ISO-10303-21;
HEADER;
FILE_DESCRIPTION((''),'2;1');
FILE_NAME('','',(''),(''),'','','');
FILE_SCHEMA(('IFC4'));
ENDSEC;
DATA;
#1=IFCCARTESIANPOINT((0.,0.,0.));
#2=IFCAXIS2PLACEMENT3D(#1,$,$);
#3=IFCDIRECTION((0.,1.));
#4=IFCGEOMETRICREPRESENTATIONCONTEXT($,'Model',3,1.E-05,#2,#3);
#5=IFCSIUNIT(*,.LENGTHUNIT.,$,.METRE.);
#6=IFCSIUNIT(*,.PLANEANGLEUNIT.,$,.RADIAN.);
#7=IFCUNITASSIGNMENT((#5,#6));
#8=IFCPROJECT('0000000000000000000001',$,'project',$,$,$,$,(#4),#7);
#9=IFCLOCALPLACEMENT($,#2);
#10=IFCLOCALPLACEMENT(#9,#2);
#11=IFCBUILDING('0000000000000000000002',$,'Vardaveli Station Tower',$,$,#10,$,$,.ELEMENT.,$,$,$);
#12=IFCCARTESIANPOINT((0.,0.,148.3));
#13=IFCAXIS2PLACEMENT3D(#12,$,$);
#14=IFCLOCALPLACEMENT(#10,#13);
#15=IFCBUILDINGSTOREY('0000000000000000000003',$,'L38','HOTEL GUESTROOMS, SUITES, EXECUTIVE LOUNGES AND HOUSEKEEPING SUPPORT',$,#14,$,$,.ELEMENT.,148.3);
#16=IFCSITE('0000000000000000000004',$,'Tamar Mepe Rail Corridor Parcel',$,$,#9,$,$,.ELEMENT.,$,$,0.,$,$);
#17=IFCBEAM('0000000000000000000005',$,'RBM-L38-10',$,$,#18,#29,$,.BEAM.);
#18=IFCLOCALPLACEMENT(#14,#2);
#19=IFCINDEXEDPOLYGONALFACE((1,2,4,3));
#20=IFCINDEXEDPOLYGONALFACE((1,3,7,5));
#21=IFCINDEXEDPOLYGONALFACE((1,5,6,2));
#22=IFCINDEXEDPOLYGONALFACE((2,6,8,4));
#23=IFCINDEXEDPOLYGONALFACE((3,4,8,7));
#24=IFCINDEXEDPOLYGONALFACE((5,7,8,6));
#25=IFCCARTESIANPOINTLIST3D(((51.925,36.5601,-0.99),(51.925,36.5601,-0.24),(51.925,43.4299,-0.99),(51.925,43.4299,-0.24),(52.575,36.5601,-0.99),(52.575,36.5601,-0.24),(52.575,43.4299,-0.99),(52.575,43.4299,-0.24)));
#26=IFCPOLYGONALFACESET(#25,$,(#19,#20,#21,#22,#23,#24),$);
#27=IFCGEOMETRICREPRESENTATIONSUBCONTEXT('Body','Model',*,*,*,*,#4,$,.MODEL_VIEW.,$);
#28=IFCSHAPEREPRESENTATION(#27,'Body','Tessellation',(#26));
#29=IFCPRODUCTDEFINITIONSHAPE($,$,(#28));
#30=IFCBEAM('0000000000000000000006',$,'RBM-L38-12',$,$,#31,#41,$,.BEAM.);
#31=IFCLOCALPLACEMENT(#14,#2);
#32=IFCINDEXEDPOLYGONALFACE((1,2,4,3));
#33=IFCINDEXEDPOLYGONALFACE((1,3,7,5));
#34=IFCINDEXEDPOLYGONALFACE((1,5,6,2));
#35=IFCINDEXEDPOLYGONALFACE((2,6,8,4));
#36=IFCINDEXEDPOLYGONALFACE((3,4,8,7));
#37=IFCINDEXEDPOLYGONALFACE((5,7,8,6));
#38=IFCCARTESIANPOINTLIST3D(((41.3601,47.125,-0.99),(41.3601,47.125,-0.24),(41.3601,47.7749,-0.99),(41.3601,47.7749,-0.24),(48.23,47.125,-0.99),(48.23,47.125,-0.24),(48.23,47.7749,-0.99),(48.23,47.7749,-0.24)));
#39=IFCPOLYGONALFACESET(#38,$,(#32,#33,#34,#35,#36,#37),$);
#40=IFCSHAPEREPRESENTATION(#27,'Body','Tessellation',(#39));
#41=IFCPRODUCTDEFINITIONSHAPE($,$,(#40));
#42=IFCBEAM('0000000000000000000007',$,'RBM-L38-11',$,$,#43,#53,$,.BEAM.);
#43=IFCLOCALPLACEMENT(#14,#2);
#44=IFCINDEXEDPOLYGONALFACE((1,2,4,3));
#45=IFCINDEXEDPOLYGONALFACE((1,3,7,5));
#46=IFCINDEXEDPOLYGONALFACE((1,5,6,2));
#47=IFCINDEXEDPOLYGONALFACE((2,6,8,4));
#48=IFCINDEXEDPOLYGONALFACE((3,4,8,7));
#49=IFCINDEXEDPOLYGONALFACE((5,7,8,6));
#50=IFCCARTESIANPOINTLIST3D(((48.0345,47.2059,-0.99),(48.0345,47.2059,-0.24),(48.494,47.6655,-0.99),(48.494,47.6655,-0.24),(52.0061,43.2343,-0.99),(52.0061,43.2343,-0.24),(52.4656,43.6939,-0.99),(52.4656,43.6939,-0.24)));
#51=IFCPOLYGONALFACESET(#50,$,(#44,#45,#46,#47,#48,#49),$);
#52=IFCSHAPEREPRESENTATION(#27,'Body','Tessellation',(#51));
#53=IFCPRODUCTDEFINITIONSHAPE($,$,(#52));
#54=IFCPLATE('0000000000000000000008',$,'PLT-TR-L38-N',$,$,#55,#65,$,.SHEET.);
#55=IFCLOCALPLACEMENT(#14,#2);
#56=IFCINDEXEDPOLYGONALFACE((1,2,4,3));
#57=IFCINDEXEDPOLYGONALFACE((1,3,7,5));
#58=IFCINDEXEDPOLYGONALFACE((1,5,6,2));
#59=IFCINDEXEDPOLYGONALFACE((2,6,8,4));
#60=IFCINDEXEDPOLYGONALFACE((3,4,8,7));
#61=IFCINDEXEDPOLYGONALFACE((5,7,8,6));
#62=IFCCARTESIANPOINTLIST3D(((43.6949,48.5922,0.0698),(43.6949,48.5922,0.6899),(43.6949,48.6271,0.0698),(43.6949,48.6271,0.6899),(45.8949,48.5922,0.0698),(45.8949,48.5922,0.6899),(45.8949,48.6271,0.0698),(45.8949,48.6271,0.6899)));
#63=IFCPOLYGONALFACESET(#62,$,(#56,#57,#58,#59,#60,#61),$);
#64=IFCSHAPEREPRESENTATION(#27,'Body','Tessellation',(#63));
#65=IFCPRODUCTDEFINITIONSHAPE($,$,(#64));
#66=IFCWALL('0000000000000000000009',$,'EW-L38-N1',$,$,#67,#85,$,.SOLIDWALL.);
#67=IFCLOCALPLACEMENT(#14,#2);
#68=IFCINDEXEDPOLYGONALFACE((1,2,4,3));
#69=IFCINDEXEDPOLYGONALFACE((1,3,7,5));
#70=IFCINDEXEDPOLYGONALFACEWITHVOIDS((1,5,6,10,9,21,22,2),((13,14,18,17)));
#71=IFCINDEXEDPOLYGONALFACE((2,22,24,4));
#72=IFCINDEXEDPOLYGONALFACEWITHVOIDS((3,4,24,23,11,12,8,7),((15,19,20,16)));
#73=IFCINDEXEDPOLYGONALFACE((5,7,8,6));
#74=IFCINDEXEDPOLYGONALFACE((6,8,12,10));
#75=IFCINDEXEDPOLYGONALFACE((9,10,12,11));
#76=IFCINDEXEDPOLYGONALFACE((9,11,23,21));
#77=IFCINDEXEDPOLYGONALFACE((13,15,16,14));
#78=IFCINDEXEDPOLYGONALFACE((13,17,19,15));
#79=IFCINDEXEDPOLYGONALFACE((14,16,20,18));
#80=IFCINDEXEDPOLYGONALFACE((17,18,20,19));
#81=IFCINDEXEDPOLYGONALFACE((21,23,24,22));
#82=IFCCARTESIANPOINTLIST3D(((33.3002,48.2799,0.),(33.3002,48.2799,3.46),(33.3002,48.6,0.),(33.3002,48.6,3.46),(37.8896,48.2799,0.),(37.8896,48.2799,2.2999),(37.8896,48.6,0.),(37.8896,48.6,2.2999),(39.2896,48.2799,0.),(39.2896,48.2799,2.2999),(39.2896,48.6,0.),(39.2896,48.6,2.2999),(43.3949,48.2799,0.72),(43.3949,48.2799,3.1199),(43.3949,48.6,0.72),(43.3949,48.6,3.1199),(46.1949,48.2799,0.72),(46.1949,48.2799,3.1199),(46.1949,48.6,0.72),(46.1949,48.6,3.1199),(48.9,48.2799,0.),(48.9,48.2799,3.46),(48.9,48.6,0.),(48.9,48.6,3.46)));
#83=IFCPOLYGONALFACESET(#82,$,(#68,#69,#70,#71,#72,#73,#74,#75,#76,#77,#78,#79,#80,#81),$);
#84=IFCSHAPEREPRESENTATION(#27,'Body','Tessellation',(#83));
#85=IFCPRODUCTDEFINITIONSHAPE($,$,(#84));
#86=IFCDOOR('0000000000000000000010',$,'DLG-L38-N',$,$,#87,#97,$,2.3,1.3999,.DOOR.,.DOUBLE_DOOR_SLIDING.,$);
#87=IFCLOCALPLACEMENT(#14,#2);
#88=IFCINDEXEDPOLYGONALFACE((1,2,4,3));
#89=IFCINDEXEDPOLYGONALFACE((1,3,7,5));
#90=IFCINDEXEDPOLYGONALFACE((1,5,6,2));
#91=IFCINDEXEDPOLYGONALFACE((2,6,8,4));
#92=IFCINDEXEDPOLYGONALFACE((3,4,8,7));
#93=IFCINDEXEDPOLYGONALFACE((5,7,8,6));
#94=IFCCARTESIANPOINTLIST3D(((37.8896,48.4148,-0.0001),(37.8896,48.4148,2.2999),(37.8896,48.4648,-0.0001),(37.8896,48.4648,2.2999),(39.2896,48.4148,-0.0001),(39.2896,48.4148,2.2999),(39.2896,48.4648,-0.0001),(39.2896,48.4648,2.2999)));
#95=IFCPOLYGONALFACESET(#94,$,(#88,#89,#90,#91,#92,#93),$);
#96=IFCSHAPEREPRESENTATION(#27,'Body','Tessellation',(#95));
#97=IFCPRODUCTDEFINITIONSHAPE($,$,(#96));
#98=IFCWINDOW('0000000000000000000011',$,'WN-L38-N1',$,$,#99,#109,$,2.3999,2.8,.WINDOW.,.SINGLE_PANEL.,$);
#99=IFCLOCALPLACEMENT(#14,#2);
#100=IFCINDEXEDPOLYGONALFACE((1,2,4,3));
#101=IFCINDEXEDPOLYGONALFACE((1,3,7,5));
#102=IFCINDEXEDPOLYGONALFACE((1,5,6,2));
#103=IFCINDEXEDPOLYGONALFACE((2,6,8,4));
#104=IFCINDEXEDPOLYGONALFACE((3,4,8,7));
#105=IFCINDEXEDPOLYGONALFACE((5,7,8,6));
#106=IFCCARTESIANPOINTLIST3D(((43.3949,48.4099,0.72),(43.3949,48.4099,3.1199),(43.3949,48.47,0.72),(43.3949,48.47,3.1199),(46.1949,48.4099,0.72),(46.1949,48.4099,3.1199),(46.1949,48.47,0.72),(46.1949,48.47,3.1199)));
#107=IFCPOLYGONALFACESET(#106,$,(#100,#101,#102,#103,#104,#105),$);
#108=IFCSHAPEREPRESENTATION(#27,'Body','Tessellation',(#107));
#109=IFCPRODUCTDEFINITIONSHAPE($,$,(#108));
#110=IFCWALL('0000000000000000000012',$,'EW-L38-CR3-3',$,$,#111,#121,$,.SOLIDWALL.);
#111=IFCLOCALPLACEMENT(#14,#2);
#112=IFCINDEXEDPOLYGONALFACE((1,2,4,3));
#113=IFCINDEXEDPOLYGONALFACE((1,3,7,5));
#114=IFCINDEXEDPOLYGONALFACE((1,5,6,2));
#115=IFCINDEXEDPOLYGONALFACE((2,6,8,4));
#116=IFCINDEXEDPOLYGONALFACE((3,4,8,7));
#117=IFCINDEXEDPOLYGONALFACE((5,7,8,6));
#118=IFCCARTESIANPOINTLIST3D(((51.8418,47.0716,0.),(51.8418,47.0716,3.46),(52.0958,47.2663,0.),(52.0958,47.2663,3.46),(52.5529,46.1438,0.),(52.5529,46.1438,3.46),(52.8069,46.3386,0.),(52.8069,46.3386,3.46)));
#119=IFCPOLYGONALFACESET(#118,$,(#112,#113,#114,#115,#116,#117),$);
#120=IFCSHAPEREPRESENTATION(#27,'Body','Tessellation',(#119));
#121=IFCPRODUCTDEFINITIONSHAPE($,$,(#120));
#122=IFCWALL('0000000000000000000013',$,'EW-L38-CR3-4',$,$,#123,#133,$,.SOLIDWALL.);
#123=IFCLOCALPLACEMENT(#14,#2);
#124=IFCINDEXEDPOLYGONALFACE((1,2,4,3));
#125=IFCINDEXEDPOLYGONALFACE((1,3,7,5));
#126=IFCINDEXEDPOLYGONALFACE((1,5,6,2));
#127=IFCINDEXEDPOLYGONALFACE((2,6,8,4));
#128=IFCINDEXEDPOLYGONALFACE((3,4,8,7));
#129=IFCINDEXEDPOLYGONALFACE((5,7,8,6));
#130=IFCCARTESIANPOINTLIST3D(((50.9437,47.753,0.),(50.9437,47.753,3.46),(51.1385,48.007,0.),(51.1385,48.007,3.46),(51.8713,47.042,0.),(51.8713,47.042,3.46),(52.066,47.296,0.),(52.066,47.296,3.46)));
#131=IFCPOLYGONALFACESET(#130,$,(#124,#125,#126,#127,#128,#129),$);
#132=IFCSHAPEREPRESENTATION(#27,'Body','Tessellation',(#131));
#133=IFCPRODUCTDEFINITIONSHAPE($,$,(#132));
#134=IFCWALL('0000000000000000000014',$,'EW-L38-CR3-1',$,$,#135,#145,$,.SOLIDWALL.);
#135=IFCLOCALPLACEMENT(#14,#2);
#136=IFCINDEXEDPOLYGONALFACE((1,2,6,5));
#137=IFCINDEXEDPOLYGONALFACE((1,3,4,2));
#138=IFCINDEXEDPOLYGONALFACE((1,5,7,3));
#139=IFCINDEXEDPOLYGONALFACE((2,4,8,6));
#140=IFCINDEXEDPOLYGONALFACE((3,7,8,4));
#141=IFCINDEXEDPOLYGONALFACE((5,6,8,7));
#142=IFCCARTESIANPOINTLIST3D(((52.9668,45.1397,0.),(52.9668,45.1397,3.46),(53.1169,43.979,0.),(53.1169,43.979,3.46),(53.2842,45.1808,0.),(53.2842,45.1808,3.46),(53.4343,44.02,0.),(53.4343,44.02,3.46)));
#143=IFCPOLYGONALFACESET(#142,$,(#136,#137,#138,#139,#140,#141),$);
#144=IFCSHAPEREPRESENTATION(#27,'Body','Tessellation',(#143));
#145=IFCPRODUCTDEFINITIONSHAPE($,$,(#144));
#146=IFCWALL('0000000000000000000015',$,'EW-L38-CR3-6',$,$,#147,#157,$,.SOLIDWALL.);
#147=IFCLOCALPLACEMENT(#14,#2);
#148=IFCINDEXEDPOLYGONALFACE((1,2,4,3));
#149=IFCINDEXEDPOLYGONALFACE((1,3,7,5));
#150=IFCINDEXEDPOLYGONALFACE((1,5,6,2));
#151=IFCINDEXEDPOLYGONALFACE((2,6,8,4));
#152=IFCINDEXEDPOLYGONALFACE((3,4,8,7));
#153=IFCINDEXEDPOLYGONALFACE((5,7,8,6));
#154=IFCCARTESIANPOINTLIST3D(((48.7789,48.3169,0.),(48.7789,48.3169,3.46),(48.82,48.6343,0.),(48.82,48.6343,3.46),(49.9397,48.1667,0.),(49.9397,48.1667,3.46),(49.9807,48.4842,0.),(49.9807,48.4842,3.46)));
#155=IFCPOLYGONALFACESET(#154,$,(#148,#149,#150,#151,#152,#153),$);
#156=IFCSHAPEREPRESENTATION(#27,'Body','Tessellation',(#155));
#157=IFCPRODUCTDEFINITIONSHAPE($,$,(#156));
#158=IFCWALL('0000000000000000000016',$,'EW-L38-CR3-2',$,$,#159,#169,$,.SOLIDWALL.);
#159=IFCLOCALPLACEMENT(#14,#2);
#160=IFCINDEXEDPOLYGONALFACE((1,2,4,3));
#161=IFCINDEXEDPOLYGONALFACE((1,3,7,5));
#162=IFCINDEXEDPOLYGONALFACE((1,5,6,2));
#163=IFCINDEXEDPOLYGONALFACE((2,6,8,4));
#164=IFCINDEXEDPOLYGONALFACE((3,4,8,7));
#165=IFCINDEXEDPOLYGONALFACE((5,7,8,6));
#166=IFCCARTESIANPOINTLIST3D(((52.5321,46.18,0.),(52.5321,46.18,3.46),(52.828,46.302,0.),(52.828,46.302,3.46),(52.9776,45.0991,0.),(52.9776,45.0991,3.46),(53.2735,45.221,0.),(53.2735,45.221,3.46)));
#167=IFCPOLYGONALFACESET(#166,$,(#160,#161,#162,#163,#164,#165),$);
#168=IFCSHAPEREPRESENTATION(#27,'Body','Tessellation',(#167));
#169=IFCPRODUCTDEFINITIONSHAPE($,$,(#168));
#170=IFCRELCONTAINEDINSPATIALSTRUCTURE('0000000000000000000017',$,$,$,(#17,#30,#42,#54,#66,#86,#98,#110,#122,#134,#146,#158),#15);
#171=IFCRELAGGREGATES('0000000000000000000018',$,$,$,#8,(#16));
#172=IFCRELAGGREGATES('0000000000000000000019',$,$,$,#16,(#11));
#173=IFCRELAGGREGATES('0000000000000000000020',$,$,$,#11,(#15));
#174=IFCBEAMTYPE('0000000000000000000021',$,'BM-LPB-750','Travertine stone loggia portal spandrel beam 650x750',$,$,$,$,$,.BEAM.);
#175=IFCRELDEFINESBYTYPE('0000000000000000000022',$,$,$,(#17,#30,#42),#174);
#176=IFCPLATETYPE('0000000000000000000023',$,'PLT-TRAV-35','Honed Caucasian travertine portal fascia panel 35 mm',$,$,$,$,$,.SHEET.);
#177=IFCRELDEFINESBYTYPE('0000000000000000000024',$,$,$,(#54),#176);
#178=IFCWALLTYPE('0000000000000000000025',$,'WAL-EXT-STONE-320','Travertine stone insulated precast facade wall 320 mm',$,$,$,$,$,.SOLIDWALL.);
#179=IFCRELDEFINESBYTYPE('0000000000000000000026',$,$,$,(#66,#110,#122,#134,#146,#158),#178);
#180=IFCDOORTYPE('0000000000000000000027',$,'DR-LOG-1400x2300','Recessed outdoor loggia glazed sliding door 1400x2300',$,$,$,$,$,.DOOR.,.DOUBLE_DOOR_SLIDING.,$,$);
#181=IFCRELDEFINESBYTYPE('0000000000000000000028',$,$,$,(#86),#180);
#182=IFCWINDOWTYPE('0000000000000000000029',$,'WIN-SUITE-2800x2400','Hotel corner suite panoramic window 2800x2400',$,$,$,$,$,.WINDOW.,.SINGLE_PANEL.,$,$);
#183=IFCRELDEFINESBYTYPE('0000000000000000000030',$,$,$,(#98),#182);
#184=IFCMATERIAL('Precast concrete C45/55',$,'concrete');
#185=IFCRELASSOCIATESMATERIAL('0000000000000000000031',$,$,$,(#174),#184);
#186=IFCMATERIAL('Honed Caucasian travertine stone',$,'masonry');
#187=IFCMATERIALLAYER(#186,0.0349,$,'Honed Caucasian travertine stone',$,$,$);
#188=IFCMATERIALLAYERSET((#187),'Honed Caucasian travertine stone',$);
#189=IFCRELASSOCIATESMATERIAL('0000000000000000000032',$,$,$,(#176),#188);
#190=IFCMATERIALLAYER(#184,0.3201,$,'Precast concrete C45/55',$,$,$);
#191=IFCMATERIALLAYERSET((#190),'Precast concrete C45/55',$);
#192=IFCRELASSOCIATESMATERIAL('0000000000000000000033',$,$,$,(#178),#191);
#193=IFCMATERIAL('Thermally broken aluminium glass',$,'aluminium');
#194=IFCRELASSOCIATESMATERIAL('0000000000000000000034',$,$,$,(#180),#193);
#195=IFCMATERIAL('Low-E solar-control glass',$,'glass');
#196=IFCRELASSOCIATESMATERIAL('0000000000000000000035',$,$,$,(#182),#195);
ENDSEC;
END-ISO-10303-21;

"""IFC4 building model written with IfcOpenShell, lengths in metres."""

from ifc_helpers import new_model, si_unit, direction, frame, frame_2d, origin, origin_2d, place, context, subcontext, project, spatial, rectangle, extrude, source, transform, mapped, material, layer, layer_set, material_profile, profile_set, type_object, element, fill, save


model = new_model("IFC4")

# Units and contexts
model_context = context("Model", 3, precision=1e-05, world=origin(), true_north=direction((0.0, 1.0)))
body_context = subcontext(model_context, "Body", "Model", "MODEL_VIEW")
ifc_project = project(units=[si_unit("LENGTHUNIT", "METRE"), si_unit("PLANEANGLEUNIT", "RADIAN")], contexts=[model_context])

# Site, building, storey
site_placement = place(None, origin())
site = spatial("IfcSite", under=ifc_project, at=site_placement, Name="Tamar Mepe Rail Corridor Parcel", CompositionType="ELEMENT", RefElevation=0.0)
building_placement = place(site_placement, origin())
building = spatial("IfcBuilding", under=site, at=building_placement, Name="Vardaveli Station Tower", CompositionType="ELEMENT")
storey_placement = place(building_placement, frame((0.0, 0.0, 148.3)))
storey = spatial("IfcBuildingStorey", under=building, at=storey_placement, Name="L38", Description="HOTEL GUESTROOMS, SUITES, EXECUTIVE LOUNGES AND HOUSEKEEPING SUPPORT", CompositionType="ELEMENT", Elevation=148.3)

# Beams
ifc_material_1 = material(Name="Precast concrete C45/55", Category="concrete")
ifc_material_profile_1 = material_profile(ifc_material_1, rectangle(XDim=0.6499, YDim=0.75, at=origin_2d()), Name="LPB 650x750")
ifc_profile_set_1 = profile_set([ifc_material_profile_1], Name="Precast concrete C45/55")
beam_type = type_object("IfcBeamType", Name="BM-LPB-750", Description="Travertine stone loggia portal spandrel beam 650x750", PredefinedType="BEAM", material=ifc_profile_set_1)
shared_shape_1 = source(origin(), body_context, "Body", "SweptSolid", [
    extrude(rectangle(XDim=0.6499, YDim=0.75, at=origin_2d()), origin(), (0.0, 0.0, 1.0), 6.8699),
])
for number, where, z_axis, x_axis, name in (
    (1, (52.25, 36.5601, -0.615), (0.0, 1.0, 0.0), (-1.0, 0.0, 0.0), "RBM-L38-10"),
    (2, (48.23, 47.45, -0.615), (-1.0, 0.0, 0.0), (0.0, -1.0, 0.0), "RBM-L38-12"),
):
    element("IfcBeam", number, at=place(storey_placement, frame(where, z_axis=z_axis, x_axis=x_axis)), inside=storey, type_object=beam_type, Name=name, PredefinedType="BEAM", context=body_context, shape_type="MappedRepresentation", body=[
        mapped(shared_shape_1, transform((0.0, 0.0, 0.0), scale=1.0)),
    ])
shared_shape_2 = source(origin(), body_context, "Body", "SweptSolid", [
    extrude(rectangle(XDim=0.6499, YDim=0.75, at=origin_2d()), origin(), (0.0, 0.0, 1.0), 5.6167),
])
beam_1_placement = place(storey_placement, frame((52.2358, 43.4641, -0.615), z_axis=(-0.707107, 0.707107, 0.0), x_axis=(-0.707107, -0.707107, 0.0)))
element("IfcBeam", 3, at=beam_1_placement, inside=storey, type_object=beam_type, Name="RBM-L38-11", PredefinedType="BEAM", context=body_context, shape_type="MappedRepresentation", body=[
    mapped(shared_shape_2, transform((0.0, 0.0, 0.0), scale=1.0)),
])

# Plate
ifc_material_2 = material(Name="Honed Caucasian travertine stone", Category="masonry")
ifc_layer_1 = layer(ifc_material_2, 0.0349, Name="Honed Caucasian travertine stone")
ifc_layer_set_1 = layer_set([ifc_layer_1], Name="Honed Caucasian travertine stone")
plate_type = type_object("IfcPlateType", Name="PLT-TRAV-35", Description="Honed Caucasian travertine portal fascia panel 35 mm", PredefinedType="SHEET", material=ifc_layer_set_1)
shared_shape_3 = source(origin(), body_context, "Body", "SweptSolid", [
    extrude(rectangle(XDim=2.2, YDim=0.0349, at=origin_2d()), origin(), (0.0, 0.0, 1.0), 0.6201),
])
plate_placement = place(storey_placement, frame((44.7949, 48.6096, 0.0698), z_axis=(0.0, 0.0, 1.0), x_axis=(1.0, 0.0, 0.0)))
element("IfcPlate", 4, at=plate_placement, inside=storey, type_object=plate_type, Name="PLT-TR-L38-N", PredefinedType="SHEET", context=body_context, shape_type="MappedRepresentation", body=[
    mapped(shared_shape_3, transform((0.0, 0.0, 0.0), scale=1.0)),
])

# Wall, openings, door, window
ifc_layer_2 = layer(ifc_material_1, 0.3201, Name="Precast concrete C45/55")
ifc_layer_set_2 = layer_set([ifc_layer_2], Name="Precast concrete C45/55")
wall_type_1 = type_object("IfcWallType", Name="WAL-EXT-STONE-320", Description="Travertine stone insulated precast facade wall 320 mm", PredefinedType="SOLIDWALL", material=ifc_layer_set_2)
shared_shape_4 = source(origin(), body_context, "Body", "SweptSolid", [
    extrude(rectangle(XDim=15.5999, YDim=0.3201, at=frame_2d((7.7998, 0.0))), origin(), (0.0, 0.0, 1.0), 3.46),
])
wall_1_placement = place(storey_placement, frame((48.8999, 48.4399, 0.0), z_axis=(0.0, 0.0, 1.0), x_axis=(-1.0, 0.0, 0.0)))
wall_1 = element("IfcWall", 5, at=wall_1_placement, inside=storey, type_object=wall_type_1, Name="EW-L38-N1", PredefinedType="SOLIDWALL", context=body_context, shape_type="MappedRepresentation", body=[
    mapped(shared_shape_4, transform((0.0, 0.0, 0.0), scale=1.0)),
])
shared_shape_5 = source(origin(), body_context, "Body", "SweptSolid", [
    extrude(rectangle(XDim=1.3999, YDim=2.3, at=frame_2d((0.7, 1.1499))), frame((0.0, 0.1699, 0.0), z_axis=(0.0, -1.0, 0.0), x_axis=(1.0, 0.0, 0.0)), (0.0, 0.0, 1.0), 0.3401),
])
opening_1_placement = place(wall_1_placement, frame((9.6104, 0.0, 0.0)))
opening_1 = element("IfcOpeningElement", 6, at=opening_1_placement, cuts=wall_1, PredefinedType="OPENING", context=body_context, shape_type="MappedRepresentation", body=[
    mapped(shared_shape_5, transform((0.0, 0.0, 0.0), scale=1.0)),
])
shared_shape_6 = source(origin(), body_context, "Body", "SweptSolid", [
    extrude(rectangle(XDim=2.8, YDim=2.3999, at=frame_2d((1.3999, 1.2))), frame((0.0, 0.1699, 0.0), z_axis=(0.0, -1.0, 0.0), x_axis=(1.0, 0.0, 0.0)), (0.0, 0.0, 1.0), 0.3401),
])
opening_2_placement = place(wall_1_placement, frame((2.7051, 0.0, 0.72)))
opening_2 = element("IfcOpeningElement", 7, at=opening_2_placement, cuts=wall_1, PredefinedType="OPENING", context=body_context, shape_type="MappedRepresentation", body=[
    mapped(shared_shape_6, transform((0.0, 0.0, 0.0), scale=1.0)),
])
ifc_material_3 = material(Name="Thermally broken aluminium glass", Category="aluminium")
door_type = type_object("IfcDoorType", Name="DR-LOG-1400x2300", Description="Recessed outdoor loggia glazed sliding door 1400x2300", OperationType="DOUBLE_DOOR_SLIDING", PredefinedType="DOOR", material=ifc_material_3)
shared_shape_7 = source(origin(), body_context, "Body", "SweptSolid", [
    extrude(rectangle(XDim=1.3999, YDim=2.3, at=frame_2d((0.7, 1.1499))), frame((0.0, 0.0249, 0.0), z_axis=(0.0, -1.0, 0.0), x_axis=(1.0, 0.0, 0.0)), (0.0, 0.0, 1.0), 0.05),
])
door_placement = place(opening_1_placement, frame((1.3999, 0.0, 0.0), z_axis=(0.0, 0.0, 1.0), x_axis=(-1.0, 0.0, 0.0)))
door = element("IfcDoor", 8, at=door_placement, inside=storey, type_object=door_type, Name="DLG-L38-N", OperationType="DOUBLE_DOOR_SLIDING", OverallHeight=2.3, OverallWidth=1.3999, PredefinedType="DOOR", context=body_context, shape_type="MappedRepresentation", body=[
    mapped(shared_shape_7, transform((0.0, 0.0, 0.0), scale=1.0)),
])
fill(opening_1, door)
ifc_material_4 = material(Name="Low-E solar-control glass", Category="glass")
window_type = type_object("IfcWindowType", Name="WIN-SUITE-2800x2400", Description="Hotel corner suite panoramic window 2800x2400", PartitioningType="SINGLE_PANEL", PredefinedType="WINDOW", material=ifc_material_4)
shared_shape_8 = source(origin(), body_context, "Body", "SweptSolid", [
    extrude(rectangle(XDim=2.8, YDim=2.3999, at=frame_2d((1.3999, 1.2))), frame((0.0, 0.03, 0.0), z_axis=(0.0, -1.0, 0.0), x_axis=(1.0, 0.0, 0.0)), (0.0, 0.0, 1.0), 0.0601),
])
window_placement = place(opening_2_placement, origin())
window = element("IfcWindow", 9, at=window_placement, inside=storey, type_object=window_type, Name="WN-L38-N1", OverallHeight=2.3999, OverallWidth=2.8, PartitioningType="SINGLE_PANEL", PredefinedType="WINDOW", context=body_context, shape_type="MappedRepresentation", body=[
    mapped(shared_shape_8, transform((0.0, 0.0, 0.0), scale=1.0)),
])
fill(opening_2, window)

# Walls
shared_shape_9 = source(origin(), body_context, "Body", "SweptSolid", [
    extrude(rectangle(XDim=1.1689, YDim=0.3201, at=frame_2d((0.5845, 0.0))), origin(), (0.0, 0.0, 1.0), 3.46),
])
wall_2_placement = place(storey_placement, frame((52.6799, 46.2412, 0.0), z_axis=(0.0, 0.0, 1.0), x_axis=(-0.608388, 0.79364, 0.0)))
element("IfcWall", 10, at=wall_2_placement, inside=storey, type_object=wall_type_1, Name="EW-L38-CR3-3", PredefinedType="SOLIDWALL", context=body_context, shape_type="MappedRepresentation", body=[
    mapped(shared_shape_9, transform((0.0, 0.0, 0.0), scale=1.0)),
])
shared_shape_10 = source(origin(), body_context, "Body", "SweptSolid", [
    extrude(rectangle(XDim=1.1687, YDim=0.3201, at=frame_2d((0.5845, 0.0))), origin(), (0.0, 0.0, 1.0), 3.46),
])
wall_3_placement = place(storey_placement, frame((51.9688, 47.1689, 0.0), z_axis=(0.0, 0.0, 1.0), x_axis=(-0.793664, 0.608357, 0.0)))
element("IfcWall", 11, at=wall_3_placement, inside=storey, type_object=wall_type_1, Name="EW-L38-CR3-4", PredefinedType="SOLIDWALL", context=body_context, shape_type="MappedRepresentation", body=[
    mapped(shared_shape_10, transform((0.0, 0.0, 0.0), scale=1.0)),
])
shared_shape_11 = source(origin(), body_context, "Body", "SweptSolid", [
    extrude(rectangle(XDim=1.1704, YDim=0.3201, at=frame_2d((0.5852, 0.0))), origin(), (0.0, 0.0, 1.0), 3.46),
])
for number, where, z_axis, x_axis, name in (
    (12, (53.2756, 43.9995, 0.0), (0.0, 0.0, 1.0), (-0.128296, 0.991736, 0.0), "EW-L38-CR3-1"),
    (13, (49.9602, 48.3254, 0.0), (0.0, 0.0, 1.0), (-0.991736, 0.128296, 0.0), "EW-L38-CR3-6"),
):
    element("IfcWall", number, at=place(storey_placement, frame(where, z_axis=z_axis, x_axis=x_axis)), inside=storey, type_object=wall_type_1, Name=name, PredefinedType="SOLIDWALL", context=body_context, shape_type="MappedRepresentation", body=[
        mapped(shared_shape_11, transform((0.0, 0.0, 0.0), scale=1.0)),
    ])
shared_shape_12 = source(origin(), body_context, "Body", "SweptSolid", [
    extrude(rectangle(XDim=1.1692, YDim=0.3201, at=frame_2d((0.5845, 0.0))), origin(), (0.0, 0.0, 1.0), 3.46),
])
for number, where, z_axis, x_axis, name in (
    (14, (53.1255, 45.1602, 0.0), (0.0, 0.0, 1.0), (-0.381054, 0.924553, 0.0), "EW-L38-CR3-2"),
):
    element("IfcWall", number, at=place(storey_placement, frame(where, z_axis=z_axis, x_axis=x_axis)), inside=storey, type_object=wall_type_1, Name=name, PredefinedType="SOLIDWALL", context=body_context, shape_type="MappedRepresentation", body=[
        mapped(shared_shape_12, transform((0.0, 0.0, 0.0), scale=1.0)),
    ])

save(model, "model.ifc")
